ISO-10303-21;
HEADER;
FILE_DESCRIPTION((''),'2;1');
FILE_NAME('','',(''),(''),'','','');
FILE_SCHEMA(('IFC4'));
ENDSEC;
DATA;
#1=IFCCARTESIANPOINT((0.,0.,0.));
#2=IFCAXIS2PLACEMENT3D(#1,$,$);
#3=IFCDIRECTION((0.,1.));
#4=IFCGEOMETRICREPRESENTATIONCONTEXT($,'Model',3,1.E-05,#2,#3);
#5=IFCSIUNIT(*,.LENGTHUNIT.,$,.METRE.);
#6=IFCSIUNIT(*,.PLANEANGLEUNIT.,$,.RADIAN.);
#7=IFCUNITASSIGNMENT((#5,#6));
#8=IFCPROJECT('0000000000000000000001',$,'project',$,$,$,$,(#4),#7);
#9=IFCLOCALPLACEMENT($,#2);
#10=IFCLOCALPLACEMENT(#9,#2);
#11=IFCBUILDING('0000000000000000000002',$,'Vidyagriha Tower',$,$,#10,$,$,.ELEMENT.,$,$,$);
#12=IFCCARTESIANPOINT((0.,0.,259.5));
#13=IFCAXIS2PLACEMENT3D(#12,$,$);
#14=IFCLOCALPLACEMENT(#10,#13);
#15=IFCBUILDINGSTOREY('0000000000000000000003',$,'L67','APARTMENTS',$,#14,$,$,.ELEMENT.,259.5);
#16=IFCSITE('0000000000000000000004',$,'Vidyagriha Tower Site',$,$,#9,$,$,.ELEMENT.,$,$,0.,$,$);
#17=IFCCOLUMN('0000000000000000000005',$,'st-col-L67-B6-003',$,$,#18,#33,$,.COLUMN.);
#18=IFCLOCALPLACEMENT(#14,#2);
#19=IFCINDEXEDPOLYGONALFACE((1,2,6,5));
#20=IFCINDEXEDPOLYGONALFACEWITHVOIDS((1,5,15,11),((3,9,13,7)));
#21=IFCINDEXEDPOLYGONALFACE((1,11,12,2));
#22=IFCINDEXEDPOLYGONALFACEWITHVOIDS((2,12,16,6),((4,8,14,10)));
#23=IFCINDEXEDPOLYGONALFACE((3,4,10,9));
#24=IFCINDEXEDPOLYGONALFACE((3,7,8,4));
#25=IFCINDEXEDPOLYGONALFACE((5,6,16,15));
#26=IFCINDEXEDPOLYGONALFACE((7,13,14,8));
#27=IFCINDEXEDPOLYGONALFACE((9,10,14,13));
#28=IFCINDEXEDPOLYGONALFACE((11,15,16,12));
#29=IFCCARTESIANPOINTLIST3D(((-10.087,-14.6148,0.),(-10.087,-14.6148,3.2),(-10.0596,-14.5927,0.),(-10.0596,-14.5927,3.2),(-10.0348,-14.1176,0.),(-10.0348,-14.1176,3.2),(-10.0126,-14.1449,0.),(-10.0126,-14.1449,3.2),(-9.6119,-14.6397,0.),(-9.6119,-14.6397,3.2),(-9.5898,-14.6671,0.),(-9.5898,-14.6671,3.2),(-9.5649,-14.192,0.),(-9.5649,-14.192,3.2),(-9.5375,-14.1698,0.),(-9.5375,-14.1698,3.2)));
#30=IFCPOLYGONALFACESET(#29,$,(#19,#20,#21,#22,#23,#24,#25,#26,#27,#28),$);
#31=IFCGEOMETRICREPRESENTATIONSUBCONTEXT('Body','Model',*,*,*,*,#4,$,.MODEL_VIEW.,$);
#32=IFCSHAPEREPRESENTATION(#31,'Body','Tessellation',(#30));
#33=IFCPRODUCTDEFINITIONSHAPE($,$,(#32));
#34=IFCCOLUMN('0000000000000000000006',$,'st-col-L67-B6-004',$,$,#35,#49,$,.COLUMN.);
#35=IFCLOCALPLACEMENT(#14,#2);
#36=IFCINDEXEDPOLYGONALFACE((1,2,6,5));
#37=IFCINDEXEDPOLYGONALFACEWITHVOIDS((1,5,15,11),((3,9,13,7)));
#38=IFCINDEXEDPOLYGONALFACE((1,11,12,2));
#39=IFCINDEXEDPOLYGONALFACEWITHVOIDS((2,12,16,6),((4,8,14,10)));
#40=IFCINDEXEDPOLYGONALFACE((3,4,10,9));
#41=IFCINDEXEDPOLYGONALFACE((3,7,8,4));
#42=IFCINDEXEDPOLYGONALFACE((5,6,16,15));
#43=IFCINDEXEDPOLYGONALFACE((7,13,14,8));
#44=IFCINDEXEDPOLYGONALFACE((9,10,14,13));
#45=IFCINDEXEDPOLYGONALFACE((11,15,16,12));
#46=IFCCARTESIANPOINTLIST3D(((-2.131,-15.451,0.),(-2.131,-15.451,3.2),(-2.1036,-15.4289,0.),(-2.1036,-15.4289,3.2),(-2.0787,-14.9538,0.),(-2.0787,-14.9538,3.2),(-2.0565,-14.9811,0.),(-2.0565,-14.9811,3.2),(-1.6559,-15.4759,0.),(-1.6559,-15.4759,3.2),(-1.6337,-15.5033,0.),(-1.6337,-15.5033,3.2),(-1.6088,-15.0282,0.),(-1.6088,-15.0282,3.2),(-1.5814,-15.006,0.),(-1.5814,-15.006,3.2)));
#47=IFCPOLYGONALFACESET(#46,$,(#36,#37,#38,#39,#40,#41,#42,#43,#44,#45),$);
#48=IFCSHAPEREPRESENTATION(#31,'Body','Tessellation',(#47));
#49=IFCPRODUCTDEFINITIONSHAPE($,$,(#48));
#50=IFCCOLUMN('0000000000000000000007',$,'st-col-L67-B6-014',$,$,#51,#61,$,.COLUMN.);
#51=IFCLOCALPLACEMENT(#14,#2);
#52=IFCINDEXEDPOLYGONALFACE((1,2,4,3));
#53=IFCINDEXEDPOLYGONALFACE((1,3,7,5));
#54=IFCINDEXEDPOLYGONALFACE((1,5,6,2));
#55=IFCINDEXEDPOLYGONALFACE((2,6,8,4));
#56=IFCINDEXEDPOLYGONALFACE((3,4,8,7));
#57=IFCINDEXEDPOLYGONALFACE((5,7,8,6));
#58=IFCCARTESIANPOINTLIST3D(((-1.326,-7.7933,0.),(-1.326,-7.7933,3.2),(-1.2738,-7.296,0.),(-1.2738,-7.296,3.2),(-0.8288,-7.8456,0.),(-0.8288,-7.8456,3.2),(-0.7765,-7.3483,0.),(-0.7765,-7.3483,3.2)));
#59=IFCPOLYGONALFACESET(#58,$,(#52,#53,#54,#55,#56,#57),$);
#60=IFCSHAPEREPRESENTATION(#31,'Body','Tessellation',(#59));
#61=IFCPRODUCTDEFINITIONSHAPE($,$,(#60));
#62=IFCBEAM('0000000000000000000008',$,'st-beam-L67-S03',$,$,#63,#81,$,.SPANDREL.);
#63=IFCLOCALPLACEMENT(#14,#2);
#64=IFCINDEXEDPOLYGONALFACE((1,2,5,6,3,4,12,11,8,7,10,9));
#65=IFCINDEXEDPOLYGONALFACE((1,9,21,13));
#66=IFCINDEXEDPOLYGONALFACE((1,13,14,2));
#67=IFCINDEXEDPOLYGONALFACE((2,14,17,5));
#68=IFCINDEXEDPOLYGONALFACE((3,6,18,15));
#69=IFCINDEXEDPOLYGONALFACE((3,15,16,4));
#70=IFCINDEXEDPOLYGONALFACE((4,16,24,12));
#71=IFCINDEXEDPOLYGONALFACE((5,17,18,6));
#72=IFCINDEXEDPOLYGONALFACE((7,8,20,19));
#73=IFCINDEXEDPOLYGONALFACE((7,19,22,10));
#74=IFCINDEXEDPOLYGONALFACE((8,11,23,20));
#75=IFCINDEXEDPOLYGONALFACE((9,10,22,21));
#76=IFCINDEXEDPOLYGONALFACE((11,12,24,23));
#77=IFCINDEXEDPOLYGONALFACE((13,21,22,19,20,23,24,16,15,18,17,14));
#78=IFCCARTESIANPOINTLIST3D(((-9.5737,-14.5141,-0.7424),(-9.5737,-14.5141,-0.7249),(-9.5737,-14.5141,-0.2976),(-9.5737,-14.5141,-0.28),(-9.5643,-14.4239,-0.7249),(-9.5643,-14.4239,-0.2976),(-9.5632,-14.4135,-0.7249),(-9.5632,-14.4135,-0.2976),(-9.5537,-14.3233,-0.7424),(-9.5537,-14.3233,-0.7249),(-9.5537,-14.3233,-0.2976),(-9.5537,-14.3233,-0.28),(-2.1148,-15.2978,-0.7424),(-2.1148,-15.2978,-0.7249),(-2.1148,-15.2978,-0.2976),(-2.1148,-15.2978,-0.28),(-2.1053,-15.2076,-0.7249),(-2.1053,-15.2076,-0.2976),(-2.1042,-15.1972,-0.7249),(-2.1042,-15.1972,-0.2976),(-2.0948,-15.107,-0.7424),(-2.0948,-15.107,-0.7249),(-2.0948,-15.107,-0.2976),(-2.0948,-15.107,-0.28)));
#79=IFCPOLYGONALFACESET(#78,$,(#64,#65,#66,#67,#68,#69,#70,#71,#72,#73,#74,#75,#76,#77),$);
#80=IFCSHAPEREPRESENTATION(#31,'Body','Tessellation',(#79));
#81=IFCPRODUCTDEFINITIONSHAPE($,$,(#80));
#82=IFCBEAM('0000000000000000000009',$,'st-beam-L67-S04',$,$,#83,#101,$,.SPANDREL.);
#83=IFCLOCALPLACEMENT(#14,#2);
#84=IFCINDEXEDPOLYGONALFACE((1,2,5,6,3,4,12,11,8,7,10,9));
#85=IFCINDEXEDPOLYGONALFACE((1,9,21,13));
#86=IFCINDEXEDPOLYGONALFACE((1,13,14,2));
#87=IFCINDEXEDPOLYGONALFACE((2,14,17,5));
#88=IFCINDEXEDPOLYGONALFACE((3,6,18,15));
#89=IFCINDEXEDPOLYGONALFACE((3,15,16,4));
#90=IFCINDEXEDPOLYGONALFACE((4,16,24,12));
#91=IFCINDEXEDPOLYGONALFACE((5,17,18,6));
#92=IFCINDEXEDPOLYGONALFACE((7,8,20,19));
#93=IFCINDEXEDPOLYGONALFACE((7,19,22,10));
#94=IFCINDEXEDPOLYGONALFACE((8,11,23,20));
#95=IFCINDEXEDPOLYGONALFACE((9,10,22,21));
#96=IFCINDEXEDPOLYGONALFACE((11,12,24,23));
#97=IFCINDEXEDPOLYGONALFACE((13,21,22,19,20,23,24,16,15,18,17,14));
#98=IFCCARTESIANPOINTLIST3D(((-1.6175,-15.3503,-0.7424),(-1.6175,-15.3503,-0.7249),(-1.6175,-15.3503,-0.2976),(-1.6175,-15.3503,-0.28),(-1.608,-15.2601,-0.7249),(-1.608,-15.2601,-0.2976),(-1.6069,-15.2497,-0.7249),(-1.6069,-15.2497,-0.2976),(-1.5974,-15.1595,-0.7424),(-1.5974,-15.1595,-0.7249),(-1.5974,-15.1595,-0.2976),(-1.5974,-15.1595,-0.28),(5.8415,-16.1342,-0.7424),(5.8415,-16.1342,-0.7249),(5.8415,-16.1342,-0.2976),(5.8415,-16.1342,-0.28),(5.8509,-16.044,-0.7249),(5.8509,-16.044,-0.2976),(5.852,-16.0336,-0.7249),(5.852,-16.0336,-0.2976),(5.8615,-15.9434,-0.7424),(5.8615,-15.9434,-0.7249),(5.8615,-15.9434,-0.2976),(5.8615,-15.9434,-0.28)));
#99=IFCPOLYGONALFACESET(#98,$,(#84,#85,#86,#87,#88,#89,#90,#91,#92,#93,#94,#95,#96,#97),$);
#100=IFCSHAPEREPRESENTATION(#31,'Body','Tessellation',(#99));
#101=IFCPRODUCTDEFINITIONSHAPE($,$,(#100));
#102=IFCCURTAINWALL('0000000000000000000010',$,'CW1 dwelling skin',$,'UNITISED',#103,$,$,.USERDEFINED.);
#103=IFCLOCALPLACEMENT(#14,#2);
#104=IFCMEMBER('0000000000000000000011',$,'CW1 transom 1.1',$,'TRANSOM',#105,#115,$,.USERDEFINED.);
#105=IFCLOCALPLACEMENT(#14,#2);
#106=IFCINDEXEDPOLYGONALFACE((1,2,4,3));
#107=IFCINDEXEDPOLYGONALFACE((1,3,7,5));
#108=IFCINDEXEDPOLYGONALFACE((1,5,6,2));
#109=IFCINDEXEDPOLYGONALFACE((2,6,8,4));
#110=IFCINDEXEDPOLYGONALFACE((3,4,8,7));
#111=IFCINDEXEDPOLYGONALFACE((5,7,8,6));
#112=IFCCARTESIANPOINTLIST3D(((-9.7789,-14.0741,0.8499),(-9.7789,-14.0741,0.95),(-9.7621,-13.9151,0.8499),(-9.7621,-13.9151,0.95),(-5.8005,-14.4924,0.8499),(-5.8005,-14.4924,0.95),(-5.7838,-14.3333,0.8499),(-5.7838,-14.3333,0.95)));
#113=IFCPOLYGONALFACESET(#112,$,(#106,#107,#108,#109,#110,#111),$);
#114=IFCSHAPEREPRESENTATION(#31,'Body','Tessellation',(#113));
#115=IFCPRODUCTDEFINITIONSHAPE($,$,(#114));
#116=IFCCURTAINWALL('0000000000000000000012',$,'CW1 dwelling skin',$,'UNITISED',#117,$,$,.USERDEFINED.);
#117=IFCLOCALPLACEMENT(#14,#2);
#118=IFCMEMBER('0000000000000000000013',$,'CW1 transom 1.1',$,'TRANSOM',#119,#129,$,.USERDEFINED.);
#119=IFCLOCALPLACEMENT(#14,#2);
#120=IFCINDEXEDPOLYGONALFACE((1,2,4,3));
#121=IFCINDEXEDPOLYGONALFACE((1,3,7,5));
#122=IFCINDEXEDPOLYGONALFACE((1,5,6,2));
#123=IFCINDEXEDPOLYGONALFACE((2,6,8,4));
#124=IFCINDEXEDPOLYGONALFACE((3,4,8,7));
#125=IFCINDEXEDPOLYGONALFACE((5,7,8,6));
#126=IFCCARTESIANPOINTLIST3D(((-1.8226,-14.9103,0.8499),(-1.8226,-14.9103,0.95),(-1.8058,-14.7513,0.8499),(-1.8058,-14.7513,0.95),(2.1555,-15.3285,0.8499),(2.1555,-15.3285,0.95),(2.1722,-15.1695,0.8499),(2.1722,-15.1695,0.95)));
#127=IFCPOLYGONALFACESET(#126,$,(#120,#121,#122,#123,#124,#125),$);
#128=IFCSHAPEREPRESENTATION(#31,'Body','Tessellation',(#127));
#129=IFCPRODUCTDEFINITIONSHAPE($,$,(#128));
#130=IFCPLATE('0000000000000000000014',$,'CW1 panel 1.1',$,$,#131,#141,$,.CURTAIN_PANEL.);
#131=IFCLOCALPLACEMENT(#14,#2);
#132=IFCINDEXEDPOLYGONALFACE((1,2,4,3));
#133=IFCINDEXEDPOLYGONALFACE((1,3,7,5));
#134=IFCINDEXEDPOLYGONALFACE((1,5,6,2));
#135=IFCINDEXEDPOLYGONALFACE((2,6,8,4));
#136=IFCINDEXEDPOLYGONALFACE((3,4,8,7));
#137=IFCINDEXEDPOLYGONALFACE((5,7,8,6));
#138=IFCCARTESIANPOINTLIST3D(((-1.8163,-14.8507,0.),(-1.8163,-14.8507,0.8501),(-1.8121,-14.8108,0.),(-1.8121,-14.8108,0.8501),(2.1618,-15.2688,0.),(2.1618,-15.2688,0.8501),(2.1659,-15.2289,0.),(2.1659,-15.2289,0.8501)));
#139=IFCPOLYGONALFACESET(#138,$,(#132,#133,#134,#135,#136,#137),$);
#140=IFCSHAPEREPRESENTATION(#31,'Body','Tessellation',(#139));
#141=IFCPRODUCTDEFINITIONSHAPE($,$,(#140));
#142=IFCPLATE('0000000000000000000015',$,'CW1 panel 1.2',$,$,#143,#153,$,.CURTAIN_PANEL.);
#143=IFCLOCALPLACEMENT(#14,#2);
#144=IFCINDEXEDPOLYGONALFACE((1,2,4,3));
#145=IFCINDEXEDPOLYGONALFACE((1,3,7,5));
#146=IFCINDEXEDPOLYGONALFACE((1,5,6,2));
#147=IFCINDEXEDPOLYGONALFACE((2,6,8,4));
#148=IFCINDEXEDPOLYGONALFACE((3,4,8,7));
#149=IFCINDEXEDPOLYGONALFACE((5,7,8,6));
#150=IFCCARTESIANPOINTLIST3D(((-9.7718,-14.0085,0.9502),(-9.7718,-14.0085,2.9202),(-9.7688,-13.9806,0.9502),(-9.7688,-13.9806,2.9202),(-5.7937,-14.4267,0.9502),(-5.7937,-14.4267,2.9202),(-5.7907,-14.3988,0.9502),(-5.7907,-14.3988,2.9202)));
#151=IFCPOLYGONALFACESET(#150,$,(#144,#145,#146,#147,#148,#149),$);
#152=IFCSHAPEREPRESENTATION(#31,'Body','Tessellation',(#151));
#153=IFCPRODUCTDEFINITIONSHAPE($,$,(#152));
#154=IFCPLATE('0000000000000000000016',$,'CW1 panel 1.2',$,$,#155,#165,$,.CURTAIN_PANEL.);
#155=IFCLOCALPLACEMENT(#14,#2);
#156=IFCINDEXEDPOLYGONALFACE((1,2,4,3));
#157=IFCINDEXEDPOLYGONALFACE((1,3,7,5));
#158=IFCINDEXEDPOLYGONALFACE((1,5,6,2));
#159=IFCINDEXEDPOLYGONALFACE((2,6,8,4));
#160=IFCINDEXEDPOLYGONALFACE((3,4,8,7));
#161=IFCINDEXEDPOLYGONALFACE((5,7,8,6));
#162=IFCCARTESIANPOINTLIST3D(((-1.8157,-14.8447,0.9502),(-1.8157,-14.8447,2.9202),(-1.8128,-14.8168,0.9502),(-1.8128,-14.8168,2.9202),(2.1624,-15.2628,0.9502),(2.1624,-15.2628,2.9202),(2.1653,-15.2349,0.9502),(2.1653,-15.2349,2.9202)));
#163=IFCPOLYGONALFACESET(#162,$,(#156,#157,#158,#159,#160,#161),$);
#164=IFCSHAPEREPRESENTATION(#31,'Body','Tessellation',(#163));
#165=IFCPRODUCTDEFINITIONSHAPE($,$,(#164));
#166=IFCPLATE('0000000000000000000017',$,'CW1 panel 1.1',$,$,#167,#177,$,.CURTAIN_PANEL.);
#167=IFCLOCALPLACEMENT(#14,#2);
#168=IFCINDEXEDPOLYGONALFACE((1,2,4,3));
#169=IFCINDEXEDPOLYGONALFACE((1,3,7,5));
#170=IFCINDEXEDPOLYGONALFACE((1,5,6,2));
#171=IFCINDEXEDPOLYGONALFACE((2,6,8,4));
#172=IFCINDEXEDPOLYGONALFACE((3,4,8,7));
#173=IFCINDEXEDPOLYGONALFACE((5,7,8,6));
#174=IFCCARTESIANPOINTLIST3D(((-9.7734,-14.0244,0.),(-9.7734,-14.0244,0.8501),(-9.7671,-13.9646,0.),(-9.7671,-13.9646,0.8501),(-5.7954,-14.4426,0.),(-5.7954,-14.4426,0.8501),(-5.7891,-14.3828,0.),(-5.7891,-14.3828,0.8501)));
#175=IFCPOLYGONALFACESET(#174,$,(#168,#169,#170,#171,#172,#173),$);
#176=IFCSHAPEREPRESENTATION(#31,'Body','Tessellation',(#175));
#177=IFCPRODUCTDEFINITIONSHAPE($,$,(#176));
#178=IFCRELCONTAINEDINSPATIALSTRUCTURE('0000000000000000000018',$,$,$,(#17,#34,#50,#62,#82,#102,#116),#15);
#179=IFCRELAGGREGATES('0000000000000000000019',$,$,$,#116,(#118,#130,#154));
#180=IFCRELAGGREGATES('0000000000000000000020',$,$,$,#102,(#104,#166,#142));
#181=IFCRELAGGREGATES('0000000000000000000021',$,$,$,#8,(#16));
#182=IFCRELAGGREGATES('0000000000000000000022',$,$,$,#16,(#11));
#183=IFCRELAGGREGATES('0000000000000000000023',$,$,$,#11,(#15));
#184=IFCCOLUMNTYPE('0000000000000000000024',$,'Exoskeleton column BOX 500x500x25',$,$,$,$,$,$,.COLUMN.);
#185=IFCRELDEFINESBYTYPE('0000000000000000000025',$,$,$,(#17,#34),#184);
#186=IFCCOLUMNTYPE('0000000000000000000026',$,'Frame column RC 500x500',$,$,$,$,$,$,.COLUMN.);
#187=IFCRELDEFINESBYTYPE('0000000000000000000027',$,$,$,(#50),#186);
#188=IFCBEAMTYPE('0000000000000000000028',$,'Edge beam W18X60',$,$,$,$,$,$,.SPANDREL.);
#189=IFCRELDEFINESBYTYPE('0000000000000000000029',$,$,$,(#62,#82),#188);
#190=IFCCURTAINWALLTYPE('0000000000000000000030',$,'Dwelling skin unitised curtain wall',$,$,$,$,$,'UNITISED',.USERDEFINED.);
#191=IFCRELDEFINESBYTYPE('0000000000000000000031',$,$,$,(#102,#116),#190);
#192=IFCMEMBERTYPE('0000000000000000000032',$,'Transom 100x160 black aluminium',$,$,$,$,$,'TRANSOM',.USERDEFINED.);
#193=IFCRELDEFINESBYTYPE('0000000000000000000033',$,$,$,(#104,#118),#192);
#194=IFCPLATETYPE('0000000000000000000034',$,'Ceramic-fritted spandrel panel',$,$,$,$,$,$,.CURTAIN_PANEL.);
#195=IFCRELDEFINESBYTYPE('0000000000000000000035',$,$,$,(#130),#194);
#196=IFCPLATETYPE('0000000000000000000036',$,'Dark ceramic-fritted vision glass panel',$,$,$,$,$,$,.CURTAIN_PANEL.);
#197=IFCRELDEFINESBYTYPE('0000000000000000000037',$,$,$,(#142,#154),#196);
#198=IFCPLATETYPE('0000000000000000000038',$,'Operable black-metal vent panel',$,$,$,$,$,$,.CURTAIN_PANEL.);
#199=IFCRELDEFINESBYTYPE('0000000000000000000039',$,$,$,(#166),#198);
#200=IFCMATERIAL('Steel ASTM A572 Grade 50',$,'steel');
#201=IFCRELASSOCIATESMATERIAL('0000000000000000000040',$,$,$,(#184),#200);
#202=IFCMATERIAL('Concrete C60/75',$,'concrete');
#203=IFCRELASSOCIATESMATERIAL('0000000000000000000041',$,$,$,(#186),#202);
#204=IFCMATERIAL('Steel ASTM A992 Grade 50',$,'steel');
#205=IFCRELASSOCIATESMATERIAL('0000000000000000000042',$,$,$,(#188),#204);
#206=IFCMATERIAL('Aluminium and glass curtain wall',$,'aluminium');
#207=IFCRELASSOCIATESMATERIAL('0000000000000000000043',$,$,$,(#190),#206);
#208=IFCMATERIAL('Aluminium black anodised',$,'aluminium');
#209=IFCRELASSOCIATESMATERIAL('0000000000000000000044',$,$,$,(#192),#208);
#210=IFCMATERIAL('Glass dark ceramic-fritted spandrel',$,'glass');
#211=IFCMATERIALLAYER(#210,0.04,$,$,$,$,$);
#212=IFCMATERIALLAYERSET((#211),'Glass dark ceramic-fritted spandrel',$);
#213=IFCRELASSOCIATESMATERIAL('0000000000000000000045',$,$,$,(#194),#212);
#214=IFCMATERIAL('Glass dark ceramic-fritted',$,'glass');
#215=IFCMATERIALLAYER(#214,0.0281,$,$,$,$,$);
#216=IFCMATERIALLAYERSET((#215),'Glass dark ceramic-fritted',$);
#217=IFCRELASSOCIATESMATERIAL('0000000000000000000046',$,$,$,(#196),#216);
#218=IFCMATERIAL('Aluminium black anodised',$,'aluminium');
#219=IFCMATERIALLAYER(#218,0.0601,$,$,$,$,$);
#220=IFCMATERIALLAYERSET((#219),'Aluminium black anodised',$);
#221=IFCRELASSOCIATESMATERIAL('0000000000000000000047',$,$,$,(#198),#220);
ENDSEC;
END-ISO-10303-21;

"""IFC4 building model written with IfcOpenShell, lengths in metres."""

from ifc_helpers import new_model, si_unit, direction, frame, origin, origin_2d, place, context, subcontext, project, spatial, rectangle, hollow_rectangle, i_section, extrude, material, layer, layer_set, material_profile, profile_set, type_object, element, aggregate, save


model = new_model("IFC4")

# Units and contexts
model_context = context("Model", 3, precision=1e-05, world=origin(), true_north=direction((0.0, 1.0)))
body_context = subcontext(model_context, "Body", "Model", "MODEL_VIEW")
ifc_project = project(units=[si_unit("LENGTHUNIT", "METRE"), si_unit("PLANEANGLEUNIT", "RADIAN")], contexts=[model_context])

# Site, building, storey
site_placement = place(None, origin())
site = spatial("IfcSite", under=ifc_project, at=site_placement, Name="Vidyagriha Tower Site", CompositionType="ELEMENT", RefElevation=0.0)
building_placement = place(site_placement, origin())
building = spatial("IfcBuilding", under=site, at=building_placement, Name="Vidyagriha Tower", CompositionType="ELEMENT")
storey_placement = place(building_placement, frame((0.0, 0.0, 259.5)))
storey = spatial("IfcBuildingStorey", under=building, at=storey_placement, Name="L67", Description="APARTMENTS", CompositionType="ELEMENT", Elevation=259.5)

# Columns
ifc_material_1 = material(Name="Steel ASTM A572 Grade 50", Category="steel")
ifc_material_profile_1 = material_profile(ifc_material_1, hollow_rectangle(XDim=0.5, YDim=0.5, WallThickness=0.0249, at=origin_2d()), Name="BOX 500x500x25")
ifc_profile_set_1 = profile_set([ifc_material_profile_1], Name="Steel ASTM A572 Grade 50")
column_type_1 = type_object("IfcColumnType", Name="Exoskeleton column BOX 500x500x25", PredefinedType="COLUMN", material=ifc_profile_set_1)
for number, where, z_axis, x_axis, name in (
    (1, (-9.8123, -14.3923, 0.0), (0.0, 0.0, 1.0), (0.994522, -0.104528, 0.0), "st-col-L67-B6-003"),
    (2, (-1.8562, -15.2285, 0.0), (0.0, 0.0, 1.0), (0.994522, -0.104528, 0.0), "st-col-L67-B6-004"),
):
    element("IfcColumn", number, at=place(storey_placement, frame(where, z_axis=z_axis, x_axis=x_axis)), inside=storey, type_object=column_type_1, Name=name, PredefinedType="COLUMN", context=body_context, shape_type="SweptSolid", body=[
        extrude(hollow_rectangle(XDim=0.5, YDim=0.5, WallThickness=0.0249, at=origin_2d()), origin(), (0.0, 0.0, 1.0), 3.2),
    ])
ifc_material_2 = material(Name="Concrete C60/75", Category="concrete")
ifc_material_profile_2 = material_profile(ifc_material_2, rectangle(XDim=0.5, YDim=0.5, at=origin_2d()), Name="RC 500x500")
ifc_profile_set_2 = profile_set([ifc_material_profile_2], Name="Concrete C60/75")
column_type_2 = type_object("IfcColumnType", Name="Frame column RC 500x500", PredefinedType="COLUMN", material=ifc_profile_set_2)
column_placement = place(storey_placement, frame((-1.0513, -7.5708, 0.0), z_axis=(0.0, 0.0, 1.0), x_axis=(0.994522, -0.104528, 0.0)))
element("IfcColumn", 3, at=column_placement, inside=storey, type_object=column_type_2, Name="st-col-L67-B6-014", PredefinedType="COLUMN", context=body_context, shape_type="SweptSolid", body=[
    extrude(rectangle(XDim=0.5, YDim=0.5, at=origin_2d()), origin(), (0.0, 0.0, 1.0), 3.2),
])

# Beams
ifc_material_3 = material(Name="Steel ASTM A992 Grade 50", Category="steel")
ifc_material_profile_3 = material_profile(ifc_material_3, i_section(OverallWidth=0.1919, OverallDepth=0.4624, WebThickness=0.0105, FlangeThickness=0.0176, at=origin_2d()), Name="W18X60")
ifc_profile_set_3 = profile_set([ifc_material_profile_3], Name="Steel ASTM A992 Grade 50")
beam_type = type_object("IfcBeamType", Name="Edge beam W18X60", PredefinedType="SPANDREL", material=ifc_profile_set_3)
for number, where, z_axis, x_axis, name in (
    (4, (-9.5637, -14.4187, -0.5112), (0.994526, -0.104492, 0.0), (0.104492, 0.994526, 0.0), "st-beam-L67-S03"),
    (5, (-1.6074, -15.2549, -0.5112), (0.994522, -0.104524, 0.0), (0.104524, 0.994522, 0.0), "st-beam-L67-S04"),
):
    element("IfcBeam", number, at=place(storey_placement, frame(where, z_axis=z_axis, x_axis=x_axis)), inside=storey, type_object=beam_type, Name=name, PredefinedType="SPANDREL", context=body_context, shape_type="SweptSolid", body=[
        extrude(i_section(OverallWidth=0.1919, OverallDepth=0.4624, WebThickness=0.0105, FlangeThickness=0.0176, at=origin_2d()), origin(), (0.0, 0.0, 1.0), 7.5),
    ])

# Curtain wall, member
ifc_material_4 = material(Name="Aluminium and glass curtain wall", Category="aluminium")
curtain_wall_type = type_object("IfcCurtainWallType", Name="Dwelling skin unitised curtain wall", ElementType="UNITISED", PredefinedType="USERDEFINED", material=ifc_material_4)
curtain_wall_1_placement = place(storey_placement, origin())
curtain_wall_1 = element("IfcCurtainWall", 6, at=curtain_wall_1_placement, inside=storey, type_object=curtain_wall_type, Name="CW1 dwelling skin", ObjectType="UNITISED", PredefinedType="USERDEFINED")
ifc_material_5 = material(Name="Aluminium black anodised", Category="aluminium")
ifc_material_profile_4 = material_profile(ifc_material_5, rectangle(XDim=0.1599, YDim=0.1001, at=origin_2d()), Name="Transom 100x160 black aluminium")
ifc_profile_set_4 = profile_set([ifc_material_profile_4], Name="Aluminium black anodised")
member_type = type_object("IfcMemberType", Name="Transom 100x160 black aluminium", ElementType="TRANSOM", PredefinedType="USERDEFINED", material=ifc_profile_set_4)
member_1_placement = place(storey_placement, frame((-9.7705, -13.9946, 0.8999), z_axis=(0.99452, -0.104548, 0.0), x_axis=(0.104548, 0.99452, 0.0)))
member_1 = element("IfcMember", 7, at=member_1_placement, type_object=member_type, Name="CW1 transom 1.1", ObjectType="TRANSOM", PredefinedType="USERDEFINED", context=body_context, shape_type="SweptSolid", body=[
    extrude(rectangle(XDim=0.1599, YDim=0.1001, at=origin_2d()), origin(), (0.0, 0.0, 1.0), 4.0002),
])

# Curtain wall, member, plate
curtain_wall_2_placement = place(storey_placement, origin())
curtain_wall_2 = element("IfcCurtainWall", 8, at=curtain_wall_2_placement, inside=storey, type_object=curtain_wall_type, Name="CW1 dwelling skin", ObjectType="UNITISED", PredefinedType="USERDEFINED")
member_2_placement = place(storey_placement, frame((-1.8142, -14.8308, 0.8999), z_axis=(0.994519, -0.104555, 0.0), x_axis=(0.104555, 0.994519, 0.0)))
member_2 = element("IfcMember", 9, at=member_2_placement, type_object=member_type, Name="CW1 transom 1.1", ObjectType="TRANSOM", PredefinedType="USERDEFINED", context=body_context, shape_type="SweptSolid", body=[
    extrude(rectangle(XDim=0.1599, YDim=0.1001, at=origin_2d()), origin(), (0.0, 0.0, 1.0), 4.0),
])
ifc_material_6 = material(Name="Glass dark ceramic-fritted spandrel", Category="glass")
ifc_layer_1 = layer(ifc_material_6, 0.04)
ifc_layer_set_1 = layer_set([ifc_layer_1], Name="Glass dark ceramic-fritted spandrel")
plate_type_1 = type_object("IfcPlateType", Name="Ceramic-fritted spandrel panel", PredefinedType="CURTAIN_PANEL", material=ifc_layer_set_1)
plate_1_placement = place(storey_placement, frame((0.1748, -15.0398, 0.0), z_axis=(0.0, 0.0, 1.0), x_axis=(0.994522, -0.104527, 0.0)))
plate_1 = element("IfcPlate", 10, at=plate_1_placement, type_object=plate_type_1, Name="CW1 panel 1.1", PredefinedType="CURTAIN_PANEL", context=body_context, shape_type="SweptSolid", body=[
    extrude(rectangle(XDim=4.0, YDim=0.04, at=origin_2d()), origin(), (0.0, 0.0, 1.0), 0.8501),
])

# Plates
ifc_material_7 = material(Name="Glass dark ceramic-fritted", Category="glass")
ifc_layer_2 = layer(ifc_material_7, 0.0281)
ifc_layer_set_2 = layer_set([ifc_layer_2], Name="Glass dark ceramic-fritted")
plate_type_2 = type_object("IfcPlateType", Name="Dark ceramic-fritted vision glass panel", PredefinedType="CURTAIN_PANEL", material=ifc_layer_set_2)
plate_2_placement = place(storey_placement, frame((-7.7812, -14.2036, 0.9502), z_axis=(0.0, 0.0, 1.0), x_axis=(0.99452, -0.104549, 0.0)))
plate_2 = element("IfcPlate", 11, at=plate_2_placement, type_object=plate_type_2, Name="CW1 panel 1.2", PredefinedType="CURTAIN_PANEL", context=body_context, shape_type="SweptSolid", body=[
    extrude(rectangle(XDim=4.0, YDim=0.0281, at=origin_2d()), origin(), (0.0, 0.0, 1.0), 1.97),
])
plate_3_placement = place(storey_placement, frame((0.1748, -15.0398, 0.9502), z_axis=(0.0, 0.0, 1.0), x_axis=(0.994522, -0.104527, 0.0)))
plate_3 = element("IfcPlate", 12, at=plate_3_placement, type_object=plate_type_2, Name="CW1 panel 1.2", PredefinedType="CURTAIN_PANEL", context=body_context, shape_type="SweptSolid", body=[
    extrude(rectangle(XDim=4.0, YDim=0.0281, at=origin_2d()), origin(), (0.0, 0.0, 1.0), 1.97),
])
aggregate(curtain_wall_2, [member_2, plate_1, plate_3])
ifc_material_8 = material(Name="Aluminium black anodised", Category="aluminium")
ifc_layer_3 = layer(ifc_material_8, 0.0601)
ifc_layer_set_3 = layer_set([ifc_layer_3], Name="Aluminium black anodised")
plate_type_3 = type_object("IfcPlateType", Name="Operable black-metal vent panel", PredefinedType="CURTAIN_PANEL", material=ifc_layer_set_3)
plate_4_placement = place(storey_placement, frame((-7.7812, -14.2036, 0.0), z_axis=(0.0, 0.0, 1.0), x_axis=(0.99452, -0.104549, 0.0)))
plate_4 = element("IfcPlate", 13, at=plate_4_placement, type_object=plate_type_3, Name="CW1 panel 1.1", PredefinedType="CURTAIN_PANEL", context=body_context, shape_type="SweptSolid", body=[
    extrude(rectangle(XDim=4.0, YDim=0.0601, at=origin_2d()), origin(), (0.0, 0.0, 1.0), 0.8501),
])
aggregate(curtain_wall_1, [member_1, plate_4, plate_2])

save(model, "model.ifc")
